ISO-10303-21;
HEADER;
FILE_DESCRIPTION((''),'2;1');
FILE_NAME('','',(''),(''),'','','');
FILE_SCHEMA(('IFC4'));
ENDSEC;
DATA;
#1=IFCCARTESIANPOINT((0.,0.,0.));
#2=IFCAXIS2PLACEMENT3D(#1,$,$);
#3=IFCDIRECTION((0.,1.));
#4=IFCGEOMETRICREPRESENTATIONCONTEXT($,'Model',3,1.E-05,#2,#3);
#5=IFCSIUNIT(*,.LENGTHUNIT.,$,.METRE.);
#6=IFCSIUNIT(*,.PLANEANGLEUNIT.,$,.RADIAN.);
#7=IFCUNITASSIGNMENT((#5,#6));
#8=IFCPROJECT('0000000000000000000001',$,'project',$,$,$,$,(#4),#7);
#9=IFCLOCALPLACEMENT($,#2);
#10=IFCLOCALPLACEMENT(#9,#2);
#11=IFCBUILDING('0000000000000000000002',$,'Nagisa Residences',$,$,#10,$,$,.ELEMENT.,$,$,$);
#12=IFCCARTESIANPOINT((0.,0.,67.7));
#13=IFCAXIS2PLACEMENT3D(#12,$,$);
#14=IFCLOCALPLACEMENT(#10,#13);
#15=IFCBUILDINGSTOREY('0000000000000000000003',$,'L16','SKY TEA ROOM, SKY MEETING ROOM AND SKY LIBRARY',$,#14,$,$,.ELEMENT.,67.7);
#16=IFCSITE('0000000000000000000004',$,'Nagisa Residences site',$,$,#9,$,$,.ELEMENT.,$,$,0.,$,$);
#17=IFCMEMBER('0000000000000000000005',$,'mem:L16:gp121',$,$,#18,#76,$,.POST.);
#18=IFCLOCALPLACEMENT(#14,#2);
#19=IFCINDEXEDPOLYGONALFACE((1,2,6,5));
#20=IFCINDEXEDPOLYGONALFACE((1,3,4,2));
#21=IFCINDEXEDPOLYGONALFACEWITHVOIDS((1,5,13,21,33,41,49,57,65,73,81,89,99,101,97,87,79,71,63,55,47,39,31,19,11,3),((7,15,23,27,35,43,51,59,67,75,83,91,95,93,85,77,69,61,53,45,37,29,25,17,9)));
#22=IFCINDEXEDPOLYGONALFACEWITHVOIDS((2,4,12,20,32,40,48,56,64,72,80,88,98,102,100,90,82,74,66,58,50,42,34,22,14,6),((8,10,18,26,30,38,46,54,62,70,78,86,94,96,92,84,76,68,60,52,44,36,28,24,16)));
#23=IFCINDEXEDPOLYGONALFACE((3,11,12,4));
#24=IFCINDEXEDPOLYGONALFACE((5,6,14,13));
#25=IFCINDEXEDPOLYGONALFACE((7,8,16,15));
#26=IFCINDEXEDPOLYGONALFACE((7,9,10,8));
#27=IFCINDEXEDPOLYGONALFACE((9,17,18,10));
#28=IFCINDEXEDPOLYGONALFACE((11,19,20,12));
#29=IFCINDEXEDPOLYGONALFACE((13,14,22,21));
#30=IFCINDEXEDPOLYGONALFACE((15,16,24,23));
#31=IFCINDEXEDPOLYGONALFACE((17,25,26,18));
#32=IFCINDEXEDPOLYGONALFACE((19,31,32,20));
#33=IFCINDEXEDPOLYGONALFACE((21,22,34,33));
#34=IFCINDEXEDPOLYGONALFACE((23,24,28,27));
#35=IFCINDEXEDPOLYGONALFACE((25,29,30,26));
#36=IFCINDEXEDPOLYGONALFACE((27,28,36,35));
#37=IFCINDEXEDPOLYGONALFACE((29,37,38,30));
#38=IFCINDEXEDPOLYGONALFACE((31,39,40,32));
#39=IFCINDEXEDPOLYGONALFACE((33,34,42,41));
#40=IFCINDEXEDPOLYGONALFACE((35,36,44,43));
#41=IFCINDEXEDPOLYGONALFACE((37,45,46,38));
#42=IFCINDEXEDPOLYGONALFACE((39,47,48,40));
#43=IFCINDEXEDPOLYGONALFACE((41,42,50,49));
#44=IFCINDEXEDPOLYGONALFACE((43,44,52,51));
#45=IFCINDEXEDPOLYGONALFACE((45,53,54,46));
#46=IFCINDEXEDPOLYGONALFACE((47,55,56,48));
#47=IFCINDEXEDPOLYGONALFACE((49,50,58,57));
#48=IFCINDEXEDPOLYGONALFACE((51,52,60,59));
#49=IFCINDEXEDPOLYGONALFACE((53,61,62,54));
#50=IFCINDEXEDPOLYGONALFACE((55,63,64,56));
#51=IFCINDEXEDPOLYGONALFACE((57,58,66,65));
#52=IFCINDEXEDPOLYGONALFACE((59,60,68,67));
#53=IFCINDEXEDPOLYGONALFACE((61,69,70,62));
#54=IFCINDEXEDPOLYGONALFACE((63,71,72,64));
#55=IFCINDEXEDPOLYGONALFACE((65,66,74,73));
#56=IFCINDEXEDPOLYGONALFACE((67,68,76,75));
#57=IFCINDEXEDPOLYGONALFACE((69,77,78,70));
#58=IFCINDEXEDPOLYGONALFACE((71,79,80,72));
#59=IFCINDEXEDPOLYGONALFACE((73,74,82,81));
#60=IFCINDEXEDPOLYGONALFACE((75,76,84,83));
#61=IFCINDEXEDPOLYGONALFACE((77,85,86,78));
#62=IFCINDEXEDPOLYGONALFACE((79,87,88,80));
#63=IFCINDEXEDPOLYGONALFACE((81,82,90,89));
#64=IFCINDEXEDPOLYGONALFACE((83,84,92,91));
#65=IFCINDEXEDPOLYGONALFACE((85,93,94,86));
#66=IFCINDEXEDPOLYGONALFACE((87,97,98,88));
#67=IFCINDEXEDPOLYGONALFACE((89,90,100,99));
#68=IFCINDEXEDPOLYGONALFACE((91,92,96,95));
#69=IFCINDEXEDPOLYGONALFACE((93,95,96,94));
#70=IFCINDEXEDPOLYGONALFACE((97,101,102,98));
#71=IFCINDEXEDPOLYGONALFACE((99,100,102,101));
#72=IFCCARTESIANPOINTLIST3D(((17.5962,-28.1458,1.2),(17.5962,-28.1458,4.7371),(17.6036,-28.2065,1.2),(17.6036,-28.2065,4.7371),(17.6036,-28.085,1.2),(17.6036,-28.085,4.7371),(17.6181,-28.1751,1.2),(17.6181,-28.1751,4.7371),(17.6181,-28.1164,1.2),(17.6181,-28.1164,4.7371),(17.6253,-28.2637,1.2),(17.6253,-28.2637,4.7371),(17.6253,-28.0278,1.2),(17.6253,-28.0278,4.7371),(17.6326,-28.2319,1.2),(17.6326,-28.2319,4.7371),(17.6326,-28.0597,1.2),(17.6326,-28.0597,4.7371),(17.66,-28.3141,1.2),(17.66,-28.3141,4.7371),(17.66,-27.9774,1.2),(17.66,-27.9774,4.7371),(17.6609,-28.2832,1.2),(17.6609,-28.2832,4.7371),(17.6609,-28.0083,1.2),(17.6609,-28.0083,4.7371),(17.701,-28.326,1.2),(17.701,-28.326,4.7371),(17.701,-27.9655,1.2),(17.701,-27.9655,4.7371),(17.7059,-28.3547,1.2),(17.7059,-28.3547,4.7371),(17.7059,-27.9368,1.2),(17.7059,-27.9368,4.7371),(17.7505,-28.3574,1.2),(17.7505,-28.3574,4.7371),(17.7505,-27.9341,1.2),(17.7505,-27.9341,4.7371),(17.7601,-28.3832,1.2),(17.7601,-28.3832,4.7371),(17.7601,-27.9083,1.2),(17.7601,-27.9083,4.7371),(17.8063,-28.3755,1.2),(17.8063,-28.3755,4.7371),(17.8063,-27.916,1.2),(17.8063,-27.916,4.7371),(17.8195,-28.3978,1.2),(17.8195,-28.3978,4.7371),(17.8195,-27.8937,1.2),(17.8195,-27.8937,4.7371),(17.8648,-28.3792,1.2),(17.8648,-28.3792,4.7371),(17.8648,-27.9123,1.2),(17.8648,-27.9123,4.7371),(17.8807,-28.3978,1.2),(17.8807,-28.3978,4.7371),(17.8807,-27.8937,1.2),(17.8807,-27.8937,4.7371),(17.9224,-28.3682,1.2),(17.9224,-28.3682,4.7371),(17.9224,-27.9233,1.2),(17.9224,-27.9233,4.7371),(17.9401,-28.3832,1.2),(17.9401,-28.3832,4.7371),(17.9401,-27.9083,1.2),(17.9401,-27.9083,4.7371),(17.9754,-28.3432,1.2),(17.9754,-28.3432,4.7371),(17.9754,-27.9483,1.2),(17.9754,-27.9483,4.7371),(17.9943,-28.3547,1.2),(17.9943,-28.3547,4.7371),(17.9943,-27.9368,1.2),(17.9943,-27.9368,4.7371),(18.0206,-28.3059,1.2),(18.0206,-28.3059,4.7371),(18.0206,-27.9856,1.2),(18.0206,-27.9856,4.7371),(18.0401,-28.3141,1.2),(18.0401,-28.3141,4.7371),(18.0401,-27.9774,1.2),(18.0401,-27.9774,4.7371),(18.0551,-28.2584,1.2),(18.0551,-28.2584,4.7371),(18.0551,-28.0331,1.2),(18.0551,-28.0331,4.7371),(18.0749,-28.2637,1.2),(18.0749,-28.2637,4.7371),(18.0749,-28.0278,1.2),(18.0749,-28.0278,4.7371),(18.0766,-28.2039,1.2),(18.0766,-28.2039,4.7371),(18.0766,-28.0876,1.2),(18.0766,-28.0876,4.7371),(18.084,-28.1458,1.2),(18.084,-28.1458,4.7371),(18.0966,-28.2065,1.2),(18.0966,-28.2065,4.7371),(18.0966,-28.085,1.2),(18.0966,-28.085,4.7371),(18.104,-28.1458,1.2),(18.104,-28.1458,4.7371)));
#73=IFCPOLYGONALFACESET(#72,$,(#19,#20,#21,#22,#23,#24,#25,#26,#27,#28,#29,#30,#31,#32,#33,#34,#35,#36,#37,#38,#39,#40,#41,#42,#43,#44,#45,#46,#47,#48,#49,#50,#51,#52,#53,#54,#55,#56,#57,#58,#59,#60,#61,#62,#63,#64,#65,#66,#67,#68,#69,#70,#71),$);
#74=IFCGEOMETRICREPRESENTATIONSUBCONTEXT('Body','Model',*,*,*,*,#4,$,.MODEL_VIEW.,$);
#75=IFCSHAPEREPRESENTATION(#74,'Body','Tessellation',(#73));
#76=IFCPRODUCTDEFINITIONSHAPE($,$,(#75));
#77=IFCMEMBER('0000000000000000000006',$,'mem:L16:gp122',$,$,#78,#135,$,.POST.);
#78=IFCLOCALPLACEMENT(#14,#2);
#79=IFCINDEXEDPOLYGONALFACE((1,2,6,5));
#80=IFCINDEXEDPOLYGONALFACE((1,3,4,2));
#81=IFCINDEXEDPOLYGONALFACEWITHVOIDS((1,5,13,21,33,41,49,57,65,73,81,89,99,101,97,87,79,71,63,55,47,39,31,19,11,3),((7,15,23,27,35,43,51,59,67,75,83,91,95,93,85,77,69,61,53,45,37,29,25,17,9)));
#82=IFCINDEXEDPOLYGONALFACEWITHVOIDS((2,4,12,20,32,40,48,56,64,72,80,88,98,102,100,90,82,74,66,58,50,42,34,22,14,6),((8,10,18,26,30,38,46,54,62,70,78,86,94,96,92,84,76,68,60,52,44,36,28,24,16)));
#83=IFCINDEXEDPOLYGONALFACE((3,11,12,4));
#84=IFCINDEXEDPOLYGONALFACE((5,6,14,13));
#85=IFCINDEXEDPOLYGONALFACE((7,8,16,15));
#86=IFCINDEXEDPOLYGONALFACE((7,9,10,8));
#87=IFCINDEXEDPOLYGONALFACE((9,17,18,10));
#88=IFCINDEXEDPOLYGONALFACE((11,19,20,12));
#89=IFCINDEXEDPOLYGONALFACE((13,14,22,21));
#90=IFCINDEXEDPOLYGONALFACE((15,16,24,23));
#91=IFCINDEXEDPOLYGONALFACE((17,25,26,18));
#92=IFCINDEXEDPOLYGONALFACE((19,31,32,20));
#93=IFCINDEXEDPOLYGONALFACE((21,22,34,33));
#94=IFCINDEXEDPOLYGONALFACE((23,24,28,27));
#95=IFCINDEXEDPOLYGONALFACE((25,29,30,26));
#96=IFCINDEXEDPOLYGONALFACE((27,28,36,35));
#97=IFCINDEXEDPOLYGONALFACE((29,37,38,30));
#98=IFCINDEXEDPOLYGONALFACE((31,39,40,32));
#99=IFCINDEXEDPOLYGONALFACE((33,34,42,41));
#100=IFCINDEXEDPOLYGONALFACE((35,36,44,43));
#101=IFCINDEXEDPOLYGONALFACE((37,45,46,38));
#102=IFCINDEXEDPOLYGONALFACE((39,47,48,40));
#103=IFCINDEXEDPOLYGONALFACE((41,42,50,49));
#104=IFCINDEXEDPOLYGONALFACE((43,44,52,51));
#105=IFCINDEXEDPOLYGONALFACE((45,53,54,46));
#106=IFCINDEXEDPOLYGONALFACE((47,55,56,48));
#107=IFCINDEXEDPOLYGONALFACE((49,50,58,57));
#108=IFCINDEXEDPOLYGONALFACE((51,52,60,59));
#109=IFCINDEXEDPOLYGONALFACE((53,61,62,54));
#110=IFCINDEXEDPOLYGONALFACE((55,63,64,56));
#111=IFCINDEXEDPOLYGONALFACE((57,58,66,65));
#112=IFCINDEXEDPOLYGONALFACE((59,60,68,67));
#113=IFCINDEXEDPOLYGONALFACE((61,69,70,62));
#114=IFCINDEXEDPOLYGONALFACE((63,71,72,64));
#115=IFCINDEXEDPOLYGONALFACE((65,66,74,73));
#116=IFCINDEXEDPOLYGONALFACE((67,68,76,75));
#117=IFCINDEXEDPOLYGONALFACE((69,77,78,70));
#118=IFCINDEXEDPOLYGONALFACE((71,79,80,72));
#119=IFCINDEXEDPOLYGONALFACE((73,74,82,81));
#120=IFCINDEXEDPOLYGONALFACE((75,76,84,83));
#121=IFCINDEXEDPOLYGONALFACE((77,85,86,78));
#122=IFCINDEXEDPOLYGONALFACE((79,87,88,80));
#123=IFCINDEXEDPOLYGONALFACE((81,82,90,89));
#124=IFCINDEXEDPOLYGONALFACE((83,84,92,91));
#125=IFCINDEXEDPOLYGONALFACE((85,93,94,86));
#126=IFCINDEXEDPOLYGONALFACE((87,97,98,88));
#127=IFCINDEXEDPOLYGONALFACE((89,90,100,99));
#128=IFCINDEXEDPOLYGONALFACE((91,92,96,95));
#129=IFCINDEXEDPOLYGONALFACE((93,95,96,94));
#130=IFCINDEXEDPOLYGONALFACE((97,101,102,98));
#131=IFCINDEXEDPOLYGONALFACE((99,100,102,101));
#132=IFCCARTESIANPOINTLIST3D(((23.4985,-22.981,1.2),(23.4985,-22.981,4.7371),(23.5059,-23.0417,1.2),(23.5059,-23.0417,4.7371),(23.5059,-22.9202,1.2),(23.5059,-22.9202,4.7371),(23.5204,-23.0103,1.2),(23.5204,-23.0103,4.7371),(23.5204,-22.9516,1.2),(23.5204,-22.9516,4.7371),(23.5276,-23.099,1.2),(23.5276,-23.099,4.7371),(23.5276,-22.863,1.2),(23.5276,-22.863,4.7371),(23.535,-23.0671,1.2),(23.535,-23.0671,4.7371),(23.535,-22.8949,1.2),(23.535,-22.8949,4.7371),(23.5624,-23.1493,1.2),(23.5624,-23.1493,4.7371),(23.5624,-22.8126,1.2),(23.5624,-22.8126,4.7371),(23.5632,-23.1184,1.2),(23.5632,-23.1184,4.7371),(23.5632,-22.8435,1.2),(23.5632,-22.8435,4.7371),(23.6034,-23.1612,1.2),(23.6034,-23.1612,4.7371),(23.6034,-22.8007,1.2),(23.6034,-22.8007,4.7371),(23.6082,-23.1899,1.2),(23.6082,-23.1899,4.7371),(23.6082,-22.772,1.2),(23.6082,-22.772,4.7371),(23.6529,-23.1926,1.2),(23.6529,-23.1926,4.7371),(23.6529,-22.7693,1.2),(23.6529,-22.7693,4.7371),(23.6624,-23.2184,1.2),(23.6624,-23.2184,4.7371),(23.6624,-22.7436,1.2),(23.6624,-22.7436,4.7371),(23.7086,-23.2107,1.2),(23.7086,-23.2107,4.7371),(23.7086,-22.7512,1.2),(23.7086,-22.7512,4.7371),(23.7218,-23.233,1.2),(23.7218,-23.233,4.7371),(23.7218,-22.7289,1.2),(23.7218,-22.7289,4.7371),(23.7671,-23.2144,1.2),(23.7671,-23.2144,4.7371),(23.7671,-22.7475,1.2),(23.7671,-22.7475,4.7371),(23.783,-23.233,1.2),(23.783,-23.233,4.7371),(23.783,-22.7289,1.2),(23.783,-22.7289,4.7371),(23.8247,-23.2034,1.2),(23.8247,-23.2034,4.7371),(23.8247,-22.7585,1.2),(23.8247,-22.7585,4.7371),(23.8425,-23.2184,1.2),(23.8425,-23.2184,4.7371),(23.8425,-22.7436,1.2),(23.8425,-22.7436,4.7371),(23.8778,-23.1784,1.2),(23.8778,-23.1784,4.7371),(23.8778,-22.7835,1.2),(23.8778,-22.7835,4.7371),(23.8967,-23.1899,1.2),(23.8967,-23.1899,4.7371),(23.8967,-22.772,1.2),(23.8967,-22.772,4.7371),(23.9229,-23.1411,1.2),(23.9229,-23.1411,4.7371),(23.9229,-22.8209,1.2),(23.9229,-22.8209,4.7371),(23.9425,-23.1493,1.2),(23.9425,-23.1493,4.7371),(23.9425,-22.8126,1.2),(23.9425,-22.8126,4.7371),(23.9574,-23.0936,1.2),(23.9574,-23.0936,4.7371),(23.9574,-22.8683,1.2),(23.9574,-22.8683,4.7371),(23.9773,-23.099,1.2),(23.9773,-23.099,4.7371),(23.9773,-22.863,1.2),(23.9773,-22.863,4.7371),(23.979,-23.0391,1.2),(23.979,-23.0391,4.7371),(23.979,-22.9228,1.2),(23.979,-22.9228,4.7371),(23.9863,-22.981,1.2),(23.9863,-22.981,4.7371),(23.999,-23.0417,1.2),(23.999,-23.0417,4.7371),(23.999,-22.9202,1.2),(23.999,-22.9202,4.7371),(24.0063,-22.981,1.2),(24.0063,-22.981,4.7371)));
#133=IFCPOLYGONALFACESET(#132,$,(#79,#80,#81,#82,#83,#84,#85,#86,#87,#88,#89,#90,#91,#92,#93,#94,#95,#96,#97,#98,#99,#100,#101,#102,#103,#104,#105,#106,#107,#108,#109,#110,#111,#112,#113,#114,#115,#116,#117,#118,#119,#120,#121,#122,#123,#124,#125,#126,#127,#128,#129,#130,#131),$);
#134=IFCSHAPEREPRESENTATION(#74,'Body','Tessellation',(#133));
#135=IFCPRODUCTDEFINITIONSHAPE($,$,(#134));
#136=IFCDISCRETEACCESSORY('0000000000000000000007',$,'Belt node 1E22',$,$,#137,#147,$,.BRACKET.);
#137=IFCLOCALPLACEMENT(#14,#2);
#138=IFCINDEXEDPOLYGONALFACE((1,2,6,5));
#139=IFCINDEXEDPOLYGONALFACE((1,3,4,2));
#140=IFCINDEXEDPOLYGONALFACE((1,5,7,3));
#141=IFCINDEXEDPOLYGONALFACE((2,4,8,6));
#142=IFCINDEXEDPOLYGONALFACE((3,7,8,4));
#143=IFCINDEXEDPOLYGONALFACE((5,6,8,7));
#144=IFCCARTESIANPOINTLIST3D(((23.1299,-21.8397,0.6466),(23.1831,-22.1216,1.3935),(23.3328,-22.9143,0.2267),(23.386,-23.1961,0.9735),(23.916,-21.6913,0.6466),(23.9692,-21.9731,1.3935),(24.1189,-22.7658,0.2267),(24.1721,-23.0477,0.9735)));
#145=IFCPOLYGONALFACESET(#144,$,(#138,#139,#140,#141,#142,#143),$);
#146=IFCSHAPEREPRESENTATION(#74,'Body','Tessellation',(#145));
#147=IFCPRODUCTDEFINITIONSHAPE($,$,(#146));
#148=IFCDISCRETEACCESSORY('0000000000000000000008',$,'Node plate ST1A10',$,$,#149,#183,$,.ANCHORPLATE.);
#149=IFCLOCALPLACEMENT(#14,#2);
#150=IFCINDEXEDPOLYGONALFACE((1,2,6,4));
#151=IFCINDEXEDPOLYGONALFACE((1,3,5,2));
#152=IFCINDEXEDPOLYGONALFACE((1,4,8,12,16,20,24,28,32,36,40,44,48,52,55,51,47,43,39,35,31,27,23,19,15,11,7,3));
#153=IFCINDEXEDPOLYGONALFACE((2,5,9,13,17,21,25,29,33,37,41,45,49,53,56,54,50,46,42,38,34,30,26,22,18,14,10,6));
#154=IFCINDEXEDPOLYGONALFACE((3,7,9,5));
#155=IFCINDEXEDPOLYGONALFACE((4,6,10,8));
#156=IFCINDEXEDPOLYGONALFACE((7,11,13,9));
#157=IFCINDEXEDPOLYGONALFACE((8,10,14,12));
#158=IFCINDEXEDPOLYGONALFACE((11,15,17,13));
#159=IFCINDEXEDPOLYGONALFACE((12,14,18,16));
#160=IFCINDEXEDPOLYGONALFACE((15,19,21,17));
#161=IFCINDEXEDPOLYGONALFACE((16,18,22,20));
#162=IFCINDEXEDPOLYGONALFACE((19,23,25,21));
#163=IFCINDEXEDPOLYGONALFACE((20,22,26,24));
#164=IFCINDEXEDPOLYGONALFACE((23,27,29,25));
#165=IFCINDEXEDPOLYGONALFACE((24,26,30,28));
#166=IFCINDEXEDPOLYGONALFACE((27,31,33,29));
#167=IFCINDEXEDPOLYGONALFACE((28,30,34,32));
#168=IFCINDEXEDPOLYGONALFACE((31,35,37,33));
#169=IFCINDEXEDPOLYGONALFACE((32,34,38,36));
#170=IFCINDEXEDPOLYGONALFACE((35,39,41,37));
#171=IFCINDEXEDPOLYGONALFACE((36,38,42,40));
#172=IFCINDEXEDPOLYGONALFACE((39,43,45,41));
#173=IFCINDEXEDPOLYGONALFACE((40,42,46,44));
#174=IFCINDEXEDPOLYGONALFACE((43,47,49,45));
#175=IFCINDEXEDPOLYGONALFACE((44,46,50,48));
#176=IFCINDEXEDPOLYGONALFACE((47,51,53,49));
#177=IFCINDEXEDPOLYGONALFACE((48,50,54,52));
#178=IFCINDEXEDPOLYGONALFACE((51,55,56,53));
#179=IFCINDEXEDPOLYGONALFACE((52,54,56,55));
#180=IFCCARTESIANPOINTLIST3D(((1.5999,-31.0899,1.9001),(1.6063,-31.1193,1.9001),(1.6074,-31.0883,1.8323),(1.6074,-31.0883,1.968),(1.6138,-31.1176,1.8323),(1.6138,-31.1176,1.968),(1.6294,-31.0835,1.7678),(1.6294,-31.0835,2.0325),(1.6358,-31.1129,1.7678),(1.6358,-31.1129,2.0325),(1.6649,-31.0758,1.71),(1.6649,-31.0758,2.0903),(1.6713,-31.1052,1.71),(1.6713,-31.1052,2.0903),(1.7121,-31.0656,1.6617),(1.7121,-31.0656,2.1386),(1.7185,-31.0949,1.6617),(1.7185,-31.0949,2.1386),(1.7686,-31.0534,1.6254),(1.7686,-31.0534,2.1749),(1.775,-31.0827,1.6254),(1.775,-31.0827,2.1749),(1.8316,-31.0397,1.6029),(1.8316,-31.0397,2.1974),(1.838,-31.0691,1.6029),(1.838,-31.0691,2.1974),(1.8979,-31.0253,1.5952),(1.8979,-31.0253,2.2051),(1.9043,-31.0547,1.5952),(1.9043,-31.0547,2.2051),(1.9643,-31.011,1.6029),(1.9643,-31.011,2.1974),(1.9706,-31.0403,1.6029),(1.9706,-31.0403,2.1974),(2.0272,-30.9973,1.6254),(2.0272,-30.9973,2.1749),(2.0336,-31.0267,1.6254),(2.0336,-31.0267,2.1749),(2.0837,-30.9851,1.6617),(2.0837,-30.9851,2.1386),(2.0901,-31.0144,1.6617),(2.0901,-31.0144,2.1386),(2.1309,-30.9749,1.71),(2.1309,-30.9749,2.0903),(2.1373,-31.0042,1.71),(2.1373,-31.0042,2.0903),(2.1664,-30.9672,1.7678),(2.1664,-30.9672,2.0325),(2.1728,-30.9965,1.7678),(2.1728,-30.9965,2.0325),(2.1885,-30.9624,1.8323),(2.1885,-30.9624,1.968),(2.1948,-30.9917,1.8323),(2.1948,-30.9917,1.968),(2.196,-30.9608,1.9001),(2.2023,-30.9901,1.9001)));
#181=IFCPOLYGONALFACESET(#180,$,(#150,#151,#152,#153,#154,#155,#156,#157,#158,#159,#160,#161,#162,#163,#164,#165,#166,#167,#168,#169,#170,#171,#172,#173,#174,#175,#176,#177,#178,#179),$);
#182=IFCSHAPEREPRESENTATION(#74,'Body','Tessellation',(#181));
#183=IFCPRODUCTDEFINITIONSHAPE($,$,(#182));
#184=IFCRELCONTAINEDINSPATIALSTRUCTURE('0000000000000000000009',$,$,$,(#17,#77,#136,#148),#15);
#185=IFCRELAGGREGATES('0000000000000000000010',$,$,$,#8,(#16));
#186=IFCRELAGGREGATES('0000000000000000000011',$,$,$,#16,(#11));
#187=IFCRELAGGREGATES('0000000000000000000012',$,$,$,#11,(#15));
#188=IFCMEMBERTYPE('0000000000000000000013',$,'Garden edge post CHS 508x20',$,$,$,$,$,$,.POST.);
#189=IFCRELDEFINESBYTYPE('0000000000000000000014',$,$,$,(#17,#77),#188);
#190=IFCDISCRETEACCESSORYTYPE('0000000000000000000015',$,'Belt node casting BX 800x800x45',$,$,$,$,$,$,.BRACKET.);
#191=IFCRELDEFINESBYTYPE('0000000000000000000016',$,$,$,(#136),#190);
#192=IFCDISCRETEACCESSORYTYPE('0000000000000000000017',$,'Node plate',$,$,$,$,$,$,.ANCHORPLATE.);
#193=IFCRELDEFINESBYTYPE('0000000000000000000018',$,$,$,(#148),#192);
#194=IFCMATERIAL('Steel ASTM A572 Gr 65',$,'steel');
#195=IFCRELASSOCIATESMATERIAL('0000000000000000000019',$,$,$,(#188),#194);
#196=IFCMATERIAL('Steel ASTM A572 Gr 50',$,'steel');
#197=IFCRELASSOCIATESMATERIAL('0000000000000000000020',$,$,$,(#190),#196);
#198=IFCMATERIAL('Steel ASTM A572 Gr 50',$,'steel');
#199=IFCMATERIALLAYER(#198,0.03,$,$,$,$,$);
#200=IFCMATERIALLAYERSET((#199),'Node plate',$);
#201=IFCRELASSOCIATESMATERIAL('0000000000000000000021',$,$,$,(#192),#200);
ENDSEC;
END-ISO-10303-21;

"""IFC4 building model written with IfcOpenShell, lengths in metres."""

from ifc_helpers import new_model, si_unit, direction, frame, origin, origin_2d, place, context, subcontext, project, spatial, rectangle, circle, hollow_circle, extrude, material, layer, layer_set, material_profile, profile_set, type_object, element, save


model = new_model("IFC4")

# Units and contexts
model_context = context("Model", 3, precision=1e-05, world=origin(), true_north=direction((0.0, 1.0)))
body_context = subcontext(model_context, "Body", "Model", "MODEL_VIEW")
ifc_project = project(units=[si_unit("LENGTHUNIT", "METRE"), si_unit("PLANEANGLEUNIT", "RADIAN")], contexts=[model_context])

# Site, building, storey
site_placement = place(None, origin())
site = spatial("IfcSite", under=ifc_project, at=site_placement, Name="Nagisa Residences site", CompositionType="ELEMENT", RefElevation=0.0)
building_placement = place(site_placement, origin())
building = spatial("IfcBuilding", under=site, at=building_placement, Name="Nagisa Residences", CompositionType="ELEMENT")
storey_placement = place(building_placement, frame((0.0, 0.0, 67.7)))
storey = spatial("IfcBuildingStorey", under=building, at=storey_placement, Name="L16", Description="SKY TEA ROOM, SKY MEETING ROOM AND SKY LIBRARY", CompositionType="ELEMENT", Elevation=67.7)

# Members
ifc_material_1 = material(Name="Steel ASTM A572 Gr 65", Category="steel")
ifc_material_profile_1 = material_profile(ifc_material_1, hollow_circle(Radius=0.2539, WallThickness=0.02, at=origin_2d()), Name="CHS 508x20")
ifc_profile_set_1 = profile_set([ifc_material_profile_1], Name="Steel ASTM A572 Gr 65")
member_type_1 = type_object("IfcMemberType", Name="Garden edge post CHS 508x20", PredefinedType="POST", material=ifc_profile_set_1)
for number, where, z_axis, x_axis, name in (
    (1, (17.8501, -28.1458, 1.2), (0.0, 0.0, 1.0), (1.0, 0.0, 0.0), "mem:L16:gp121"),
    (2, (23.7524, -22.981, 1.2), (0.0, 0.0, 1.0), (1.0, 0.0, 0.0), "mem:L16:gp122"),
):
    element("IfcMember", number, at=place(storey_placement, frame(where, z_axis=z_axis, x_axis=x_axis)), inside=storey, type_object=member_type_1, Name=name, PredefinedType="POST", context=body_context, shape_type="SweptSolid", body=[
        extrude(hollow_circle(Radius=0.2539, WallThickness=0.02, at=origin_2d()), origin(), (0.0, 0.0, 1.0), 3.5371),
    ])

# Discrete accessories
ifc_material_2 = material(Name="Steel ASTM A572 Gr 50", Category="steel")
discrete_accessory_type_1 = type_object("IfcDiscreteAccessoryType", Name="Belt node casting BX 800x800x45", PredefinedType="BRACKET", material=ifc_material_2)
discrete_accessory_placement = place(storey_placement, frame((23.7524, -22.981, 0.6001), z_axis=(-0.173209, 0.917318, 0.358506), x_axis=(-0.982636, -0.185542, 0.0)))
element("IfcDiscreteAccessory", 3, at=discrete_accessory_placement, inside=storey, type_object=discrete_accessory_type_1, Name="Belt node 1E22", PredefinedType="BRACKET", context=body_context, shape_type="SweptSolid", body=[
    extrude(rectangle(XDim=0.8, YDim=0.8, at=origin_2d()), origin(), (0.0, 0.0, 1.0), 1.1714),
])
ifc_material_3 = material(Name="Steel ASTM A572 Gr 50", Category="steel")
ifc_layer = layer(ifc_material_3, 0.03)
ifc_layer_set = layer_set([ifc_layer], Name="Node plate")
discrete_accessory_type_2 = type_object("IfcDiscreteAccessoryType", Name="Node plate", PredefinedType="ANCHORPLATE", material=ifc_layer_set)
for number, where, z_axis, x_axis, name in (
    (4, (1.9043, -31.0547, 1.9001), (-0.211753, 0.977323, 0.0), (-0.977323, -0.211753, 0.0), "Node plate ST1A10"),
):
    element("IfcDiscreteAccessory", number, at=place(storey_placement, frame(where, z_axis=z_axis, x_axis=x_axis)), inside=storey, type_object=discrete_accessory_type_2, Name=name, PredefinedType="ANCHORPLATE", context=body_context, shape_type="SweptSolid", body=[
        extrude(circle(Radius=0.3049, at=origin_2d()), origin(), (0.0, 0.0, 1.0), 0.03),
    ])

save(model, "model.ifc")
